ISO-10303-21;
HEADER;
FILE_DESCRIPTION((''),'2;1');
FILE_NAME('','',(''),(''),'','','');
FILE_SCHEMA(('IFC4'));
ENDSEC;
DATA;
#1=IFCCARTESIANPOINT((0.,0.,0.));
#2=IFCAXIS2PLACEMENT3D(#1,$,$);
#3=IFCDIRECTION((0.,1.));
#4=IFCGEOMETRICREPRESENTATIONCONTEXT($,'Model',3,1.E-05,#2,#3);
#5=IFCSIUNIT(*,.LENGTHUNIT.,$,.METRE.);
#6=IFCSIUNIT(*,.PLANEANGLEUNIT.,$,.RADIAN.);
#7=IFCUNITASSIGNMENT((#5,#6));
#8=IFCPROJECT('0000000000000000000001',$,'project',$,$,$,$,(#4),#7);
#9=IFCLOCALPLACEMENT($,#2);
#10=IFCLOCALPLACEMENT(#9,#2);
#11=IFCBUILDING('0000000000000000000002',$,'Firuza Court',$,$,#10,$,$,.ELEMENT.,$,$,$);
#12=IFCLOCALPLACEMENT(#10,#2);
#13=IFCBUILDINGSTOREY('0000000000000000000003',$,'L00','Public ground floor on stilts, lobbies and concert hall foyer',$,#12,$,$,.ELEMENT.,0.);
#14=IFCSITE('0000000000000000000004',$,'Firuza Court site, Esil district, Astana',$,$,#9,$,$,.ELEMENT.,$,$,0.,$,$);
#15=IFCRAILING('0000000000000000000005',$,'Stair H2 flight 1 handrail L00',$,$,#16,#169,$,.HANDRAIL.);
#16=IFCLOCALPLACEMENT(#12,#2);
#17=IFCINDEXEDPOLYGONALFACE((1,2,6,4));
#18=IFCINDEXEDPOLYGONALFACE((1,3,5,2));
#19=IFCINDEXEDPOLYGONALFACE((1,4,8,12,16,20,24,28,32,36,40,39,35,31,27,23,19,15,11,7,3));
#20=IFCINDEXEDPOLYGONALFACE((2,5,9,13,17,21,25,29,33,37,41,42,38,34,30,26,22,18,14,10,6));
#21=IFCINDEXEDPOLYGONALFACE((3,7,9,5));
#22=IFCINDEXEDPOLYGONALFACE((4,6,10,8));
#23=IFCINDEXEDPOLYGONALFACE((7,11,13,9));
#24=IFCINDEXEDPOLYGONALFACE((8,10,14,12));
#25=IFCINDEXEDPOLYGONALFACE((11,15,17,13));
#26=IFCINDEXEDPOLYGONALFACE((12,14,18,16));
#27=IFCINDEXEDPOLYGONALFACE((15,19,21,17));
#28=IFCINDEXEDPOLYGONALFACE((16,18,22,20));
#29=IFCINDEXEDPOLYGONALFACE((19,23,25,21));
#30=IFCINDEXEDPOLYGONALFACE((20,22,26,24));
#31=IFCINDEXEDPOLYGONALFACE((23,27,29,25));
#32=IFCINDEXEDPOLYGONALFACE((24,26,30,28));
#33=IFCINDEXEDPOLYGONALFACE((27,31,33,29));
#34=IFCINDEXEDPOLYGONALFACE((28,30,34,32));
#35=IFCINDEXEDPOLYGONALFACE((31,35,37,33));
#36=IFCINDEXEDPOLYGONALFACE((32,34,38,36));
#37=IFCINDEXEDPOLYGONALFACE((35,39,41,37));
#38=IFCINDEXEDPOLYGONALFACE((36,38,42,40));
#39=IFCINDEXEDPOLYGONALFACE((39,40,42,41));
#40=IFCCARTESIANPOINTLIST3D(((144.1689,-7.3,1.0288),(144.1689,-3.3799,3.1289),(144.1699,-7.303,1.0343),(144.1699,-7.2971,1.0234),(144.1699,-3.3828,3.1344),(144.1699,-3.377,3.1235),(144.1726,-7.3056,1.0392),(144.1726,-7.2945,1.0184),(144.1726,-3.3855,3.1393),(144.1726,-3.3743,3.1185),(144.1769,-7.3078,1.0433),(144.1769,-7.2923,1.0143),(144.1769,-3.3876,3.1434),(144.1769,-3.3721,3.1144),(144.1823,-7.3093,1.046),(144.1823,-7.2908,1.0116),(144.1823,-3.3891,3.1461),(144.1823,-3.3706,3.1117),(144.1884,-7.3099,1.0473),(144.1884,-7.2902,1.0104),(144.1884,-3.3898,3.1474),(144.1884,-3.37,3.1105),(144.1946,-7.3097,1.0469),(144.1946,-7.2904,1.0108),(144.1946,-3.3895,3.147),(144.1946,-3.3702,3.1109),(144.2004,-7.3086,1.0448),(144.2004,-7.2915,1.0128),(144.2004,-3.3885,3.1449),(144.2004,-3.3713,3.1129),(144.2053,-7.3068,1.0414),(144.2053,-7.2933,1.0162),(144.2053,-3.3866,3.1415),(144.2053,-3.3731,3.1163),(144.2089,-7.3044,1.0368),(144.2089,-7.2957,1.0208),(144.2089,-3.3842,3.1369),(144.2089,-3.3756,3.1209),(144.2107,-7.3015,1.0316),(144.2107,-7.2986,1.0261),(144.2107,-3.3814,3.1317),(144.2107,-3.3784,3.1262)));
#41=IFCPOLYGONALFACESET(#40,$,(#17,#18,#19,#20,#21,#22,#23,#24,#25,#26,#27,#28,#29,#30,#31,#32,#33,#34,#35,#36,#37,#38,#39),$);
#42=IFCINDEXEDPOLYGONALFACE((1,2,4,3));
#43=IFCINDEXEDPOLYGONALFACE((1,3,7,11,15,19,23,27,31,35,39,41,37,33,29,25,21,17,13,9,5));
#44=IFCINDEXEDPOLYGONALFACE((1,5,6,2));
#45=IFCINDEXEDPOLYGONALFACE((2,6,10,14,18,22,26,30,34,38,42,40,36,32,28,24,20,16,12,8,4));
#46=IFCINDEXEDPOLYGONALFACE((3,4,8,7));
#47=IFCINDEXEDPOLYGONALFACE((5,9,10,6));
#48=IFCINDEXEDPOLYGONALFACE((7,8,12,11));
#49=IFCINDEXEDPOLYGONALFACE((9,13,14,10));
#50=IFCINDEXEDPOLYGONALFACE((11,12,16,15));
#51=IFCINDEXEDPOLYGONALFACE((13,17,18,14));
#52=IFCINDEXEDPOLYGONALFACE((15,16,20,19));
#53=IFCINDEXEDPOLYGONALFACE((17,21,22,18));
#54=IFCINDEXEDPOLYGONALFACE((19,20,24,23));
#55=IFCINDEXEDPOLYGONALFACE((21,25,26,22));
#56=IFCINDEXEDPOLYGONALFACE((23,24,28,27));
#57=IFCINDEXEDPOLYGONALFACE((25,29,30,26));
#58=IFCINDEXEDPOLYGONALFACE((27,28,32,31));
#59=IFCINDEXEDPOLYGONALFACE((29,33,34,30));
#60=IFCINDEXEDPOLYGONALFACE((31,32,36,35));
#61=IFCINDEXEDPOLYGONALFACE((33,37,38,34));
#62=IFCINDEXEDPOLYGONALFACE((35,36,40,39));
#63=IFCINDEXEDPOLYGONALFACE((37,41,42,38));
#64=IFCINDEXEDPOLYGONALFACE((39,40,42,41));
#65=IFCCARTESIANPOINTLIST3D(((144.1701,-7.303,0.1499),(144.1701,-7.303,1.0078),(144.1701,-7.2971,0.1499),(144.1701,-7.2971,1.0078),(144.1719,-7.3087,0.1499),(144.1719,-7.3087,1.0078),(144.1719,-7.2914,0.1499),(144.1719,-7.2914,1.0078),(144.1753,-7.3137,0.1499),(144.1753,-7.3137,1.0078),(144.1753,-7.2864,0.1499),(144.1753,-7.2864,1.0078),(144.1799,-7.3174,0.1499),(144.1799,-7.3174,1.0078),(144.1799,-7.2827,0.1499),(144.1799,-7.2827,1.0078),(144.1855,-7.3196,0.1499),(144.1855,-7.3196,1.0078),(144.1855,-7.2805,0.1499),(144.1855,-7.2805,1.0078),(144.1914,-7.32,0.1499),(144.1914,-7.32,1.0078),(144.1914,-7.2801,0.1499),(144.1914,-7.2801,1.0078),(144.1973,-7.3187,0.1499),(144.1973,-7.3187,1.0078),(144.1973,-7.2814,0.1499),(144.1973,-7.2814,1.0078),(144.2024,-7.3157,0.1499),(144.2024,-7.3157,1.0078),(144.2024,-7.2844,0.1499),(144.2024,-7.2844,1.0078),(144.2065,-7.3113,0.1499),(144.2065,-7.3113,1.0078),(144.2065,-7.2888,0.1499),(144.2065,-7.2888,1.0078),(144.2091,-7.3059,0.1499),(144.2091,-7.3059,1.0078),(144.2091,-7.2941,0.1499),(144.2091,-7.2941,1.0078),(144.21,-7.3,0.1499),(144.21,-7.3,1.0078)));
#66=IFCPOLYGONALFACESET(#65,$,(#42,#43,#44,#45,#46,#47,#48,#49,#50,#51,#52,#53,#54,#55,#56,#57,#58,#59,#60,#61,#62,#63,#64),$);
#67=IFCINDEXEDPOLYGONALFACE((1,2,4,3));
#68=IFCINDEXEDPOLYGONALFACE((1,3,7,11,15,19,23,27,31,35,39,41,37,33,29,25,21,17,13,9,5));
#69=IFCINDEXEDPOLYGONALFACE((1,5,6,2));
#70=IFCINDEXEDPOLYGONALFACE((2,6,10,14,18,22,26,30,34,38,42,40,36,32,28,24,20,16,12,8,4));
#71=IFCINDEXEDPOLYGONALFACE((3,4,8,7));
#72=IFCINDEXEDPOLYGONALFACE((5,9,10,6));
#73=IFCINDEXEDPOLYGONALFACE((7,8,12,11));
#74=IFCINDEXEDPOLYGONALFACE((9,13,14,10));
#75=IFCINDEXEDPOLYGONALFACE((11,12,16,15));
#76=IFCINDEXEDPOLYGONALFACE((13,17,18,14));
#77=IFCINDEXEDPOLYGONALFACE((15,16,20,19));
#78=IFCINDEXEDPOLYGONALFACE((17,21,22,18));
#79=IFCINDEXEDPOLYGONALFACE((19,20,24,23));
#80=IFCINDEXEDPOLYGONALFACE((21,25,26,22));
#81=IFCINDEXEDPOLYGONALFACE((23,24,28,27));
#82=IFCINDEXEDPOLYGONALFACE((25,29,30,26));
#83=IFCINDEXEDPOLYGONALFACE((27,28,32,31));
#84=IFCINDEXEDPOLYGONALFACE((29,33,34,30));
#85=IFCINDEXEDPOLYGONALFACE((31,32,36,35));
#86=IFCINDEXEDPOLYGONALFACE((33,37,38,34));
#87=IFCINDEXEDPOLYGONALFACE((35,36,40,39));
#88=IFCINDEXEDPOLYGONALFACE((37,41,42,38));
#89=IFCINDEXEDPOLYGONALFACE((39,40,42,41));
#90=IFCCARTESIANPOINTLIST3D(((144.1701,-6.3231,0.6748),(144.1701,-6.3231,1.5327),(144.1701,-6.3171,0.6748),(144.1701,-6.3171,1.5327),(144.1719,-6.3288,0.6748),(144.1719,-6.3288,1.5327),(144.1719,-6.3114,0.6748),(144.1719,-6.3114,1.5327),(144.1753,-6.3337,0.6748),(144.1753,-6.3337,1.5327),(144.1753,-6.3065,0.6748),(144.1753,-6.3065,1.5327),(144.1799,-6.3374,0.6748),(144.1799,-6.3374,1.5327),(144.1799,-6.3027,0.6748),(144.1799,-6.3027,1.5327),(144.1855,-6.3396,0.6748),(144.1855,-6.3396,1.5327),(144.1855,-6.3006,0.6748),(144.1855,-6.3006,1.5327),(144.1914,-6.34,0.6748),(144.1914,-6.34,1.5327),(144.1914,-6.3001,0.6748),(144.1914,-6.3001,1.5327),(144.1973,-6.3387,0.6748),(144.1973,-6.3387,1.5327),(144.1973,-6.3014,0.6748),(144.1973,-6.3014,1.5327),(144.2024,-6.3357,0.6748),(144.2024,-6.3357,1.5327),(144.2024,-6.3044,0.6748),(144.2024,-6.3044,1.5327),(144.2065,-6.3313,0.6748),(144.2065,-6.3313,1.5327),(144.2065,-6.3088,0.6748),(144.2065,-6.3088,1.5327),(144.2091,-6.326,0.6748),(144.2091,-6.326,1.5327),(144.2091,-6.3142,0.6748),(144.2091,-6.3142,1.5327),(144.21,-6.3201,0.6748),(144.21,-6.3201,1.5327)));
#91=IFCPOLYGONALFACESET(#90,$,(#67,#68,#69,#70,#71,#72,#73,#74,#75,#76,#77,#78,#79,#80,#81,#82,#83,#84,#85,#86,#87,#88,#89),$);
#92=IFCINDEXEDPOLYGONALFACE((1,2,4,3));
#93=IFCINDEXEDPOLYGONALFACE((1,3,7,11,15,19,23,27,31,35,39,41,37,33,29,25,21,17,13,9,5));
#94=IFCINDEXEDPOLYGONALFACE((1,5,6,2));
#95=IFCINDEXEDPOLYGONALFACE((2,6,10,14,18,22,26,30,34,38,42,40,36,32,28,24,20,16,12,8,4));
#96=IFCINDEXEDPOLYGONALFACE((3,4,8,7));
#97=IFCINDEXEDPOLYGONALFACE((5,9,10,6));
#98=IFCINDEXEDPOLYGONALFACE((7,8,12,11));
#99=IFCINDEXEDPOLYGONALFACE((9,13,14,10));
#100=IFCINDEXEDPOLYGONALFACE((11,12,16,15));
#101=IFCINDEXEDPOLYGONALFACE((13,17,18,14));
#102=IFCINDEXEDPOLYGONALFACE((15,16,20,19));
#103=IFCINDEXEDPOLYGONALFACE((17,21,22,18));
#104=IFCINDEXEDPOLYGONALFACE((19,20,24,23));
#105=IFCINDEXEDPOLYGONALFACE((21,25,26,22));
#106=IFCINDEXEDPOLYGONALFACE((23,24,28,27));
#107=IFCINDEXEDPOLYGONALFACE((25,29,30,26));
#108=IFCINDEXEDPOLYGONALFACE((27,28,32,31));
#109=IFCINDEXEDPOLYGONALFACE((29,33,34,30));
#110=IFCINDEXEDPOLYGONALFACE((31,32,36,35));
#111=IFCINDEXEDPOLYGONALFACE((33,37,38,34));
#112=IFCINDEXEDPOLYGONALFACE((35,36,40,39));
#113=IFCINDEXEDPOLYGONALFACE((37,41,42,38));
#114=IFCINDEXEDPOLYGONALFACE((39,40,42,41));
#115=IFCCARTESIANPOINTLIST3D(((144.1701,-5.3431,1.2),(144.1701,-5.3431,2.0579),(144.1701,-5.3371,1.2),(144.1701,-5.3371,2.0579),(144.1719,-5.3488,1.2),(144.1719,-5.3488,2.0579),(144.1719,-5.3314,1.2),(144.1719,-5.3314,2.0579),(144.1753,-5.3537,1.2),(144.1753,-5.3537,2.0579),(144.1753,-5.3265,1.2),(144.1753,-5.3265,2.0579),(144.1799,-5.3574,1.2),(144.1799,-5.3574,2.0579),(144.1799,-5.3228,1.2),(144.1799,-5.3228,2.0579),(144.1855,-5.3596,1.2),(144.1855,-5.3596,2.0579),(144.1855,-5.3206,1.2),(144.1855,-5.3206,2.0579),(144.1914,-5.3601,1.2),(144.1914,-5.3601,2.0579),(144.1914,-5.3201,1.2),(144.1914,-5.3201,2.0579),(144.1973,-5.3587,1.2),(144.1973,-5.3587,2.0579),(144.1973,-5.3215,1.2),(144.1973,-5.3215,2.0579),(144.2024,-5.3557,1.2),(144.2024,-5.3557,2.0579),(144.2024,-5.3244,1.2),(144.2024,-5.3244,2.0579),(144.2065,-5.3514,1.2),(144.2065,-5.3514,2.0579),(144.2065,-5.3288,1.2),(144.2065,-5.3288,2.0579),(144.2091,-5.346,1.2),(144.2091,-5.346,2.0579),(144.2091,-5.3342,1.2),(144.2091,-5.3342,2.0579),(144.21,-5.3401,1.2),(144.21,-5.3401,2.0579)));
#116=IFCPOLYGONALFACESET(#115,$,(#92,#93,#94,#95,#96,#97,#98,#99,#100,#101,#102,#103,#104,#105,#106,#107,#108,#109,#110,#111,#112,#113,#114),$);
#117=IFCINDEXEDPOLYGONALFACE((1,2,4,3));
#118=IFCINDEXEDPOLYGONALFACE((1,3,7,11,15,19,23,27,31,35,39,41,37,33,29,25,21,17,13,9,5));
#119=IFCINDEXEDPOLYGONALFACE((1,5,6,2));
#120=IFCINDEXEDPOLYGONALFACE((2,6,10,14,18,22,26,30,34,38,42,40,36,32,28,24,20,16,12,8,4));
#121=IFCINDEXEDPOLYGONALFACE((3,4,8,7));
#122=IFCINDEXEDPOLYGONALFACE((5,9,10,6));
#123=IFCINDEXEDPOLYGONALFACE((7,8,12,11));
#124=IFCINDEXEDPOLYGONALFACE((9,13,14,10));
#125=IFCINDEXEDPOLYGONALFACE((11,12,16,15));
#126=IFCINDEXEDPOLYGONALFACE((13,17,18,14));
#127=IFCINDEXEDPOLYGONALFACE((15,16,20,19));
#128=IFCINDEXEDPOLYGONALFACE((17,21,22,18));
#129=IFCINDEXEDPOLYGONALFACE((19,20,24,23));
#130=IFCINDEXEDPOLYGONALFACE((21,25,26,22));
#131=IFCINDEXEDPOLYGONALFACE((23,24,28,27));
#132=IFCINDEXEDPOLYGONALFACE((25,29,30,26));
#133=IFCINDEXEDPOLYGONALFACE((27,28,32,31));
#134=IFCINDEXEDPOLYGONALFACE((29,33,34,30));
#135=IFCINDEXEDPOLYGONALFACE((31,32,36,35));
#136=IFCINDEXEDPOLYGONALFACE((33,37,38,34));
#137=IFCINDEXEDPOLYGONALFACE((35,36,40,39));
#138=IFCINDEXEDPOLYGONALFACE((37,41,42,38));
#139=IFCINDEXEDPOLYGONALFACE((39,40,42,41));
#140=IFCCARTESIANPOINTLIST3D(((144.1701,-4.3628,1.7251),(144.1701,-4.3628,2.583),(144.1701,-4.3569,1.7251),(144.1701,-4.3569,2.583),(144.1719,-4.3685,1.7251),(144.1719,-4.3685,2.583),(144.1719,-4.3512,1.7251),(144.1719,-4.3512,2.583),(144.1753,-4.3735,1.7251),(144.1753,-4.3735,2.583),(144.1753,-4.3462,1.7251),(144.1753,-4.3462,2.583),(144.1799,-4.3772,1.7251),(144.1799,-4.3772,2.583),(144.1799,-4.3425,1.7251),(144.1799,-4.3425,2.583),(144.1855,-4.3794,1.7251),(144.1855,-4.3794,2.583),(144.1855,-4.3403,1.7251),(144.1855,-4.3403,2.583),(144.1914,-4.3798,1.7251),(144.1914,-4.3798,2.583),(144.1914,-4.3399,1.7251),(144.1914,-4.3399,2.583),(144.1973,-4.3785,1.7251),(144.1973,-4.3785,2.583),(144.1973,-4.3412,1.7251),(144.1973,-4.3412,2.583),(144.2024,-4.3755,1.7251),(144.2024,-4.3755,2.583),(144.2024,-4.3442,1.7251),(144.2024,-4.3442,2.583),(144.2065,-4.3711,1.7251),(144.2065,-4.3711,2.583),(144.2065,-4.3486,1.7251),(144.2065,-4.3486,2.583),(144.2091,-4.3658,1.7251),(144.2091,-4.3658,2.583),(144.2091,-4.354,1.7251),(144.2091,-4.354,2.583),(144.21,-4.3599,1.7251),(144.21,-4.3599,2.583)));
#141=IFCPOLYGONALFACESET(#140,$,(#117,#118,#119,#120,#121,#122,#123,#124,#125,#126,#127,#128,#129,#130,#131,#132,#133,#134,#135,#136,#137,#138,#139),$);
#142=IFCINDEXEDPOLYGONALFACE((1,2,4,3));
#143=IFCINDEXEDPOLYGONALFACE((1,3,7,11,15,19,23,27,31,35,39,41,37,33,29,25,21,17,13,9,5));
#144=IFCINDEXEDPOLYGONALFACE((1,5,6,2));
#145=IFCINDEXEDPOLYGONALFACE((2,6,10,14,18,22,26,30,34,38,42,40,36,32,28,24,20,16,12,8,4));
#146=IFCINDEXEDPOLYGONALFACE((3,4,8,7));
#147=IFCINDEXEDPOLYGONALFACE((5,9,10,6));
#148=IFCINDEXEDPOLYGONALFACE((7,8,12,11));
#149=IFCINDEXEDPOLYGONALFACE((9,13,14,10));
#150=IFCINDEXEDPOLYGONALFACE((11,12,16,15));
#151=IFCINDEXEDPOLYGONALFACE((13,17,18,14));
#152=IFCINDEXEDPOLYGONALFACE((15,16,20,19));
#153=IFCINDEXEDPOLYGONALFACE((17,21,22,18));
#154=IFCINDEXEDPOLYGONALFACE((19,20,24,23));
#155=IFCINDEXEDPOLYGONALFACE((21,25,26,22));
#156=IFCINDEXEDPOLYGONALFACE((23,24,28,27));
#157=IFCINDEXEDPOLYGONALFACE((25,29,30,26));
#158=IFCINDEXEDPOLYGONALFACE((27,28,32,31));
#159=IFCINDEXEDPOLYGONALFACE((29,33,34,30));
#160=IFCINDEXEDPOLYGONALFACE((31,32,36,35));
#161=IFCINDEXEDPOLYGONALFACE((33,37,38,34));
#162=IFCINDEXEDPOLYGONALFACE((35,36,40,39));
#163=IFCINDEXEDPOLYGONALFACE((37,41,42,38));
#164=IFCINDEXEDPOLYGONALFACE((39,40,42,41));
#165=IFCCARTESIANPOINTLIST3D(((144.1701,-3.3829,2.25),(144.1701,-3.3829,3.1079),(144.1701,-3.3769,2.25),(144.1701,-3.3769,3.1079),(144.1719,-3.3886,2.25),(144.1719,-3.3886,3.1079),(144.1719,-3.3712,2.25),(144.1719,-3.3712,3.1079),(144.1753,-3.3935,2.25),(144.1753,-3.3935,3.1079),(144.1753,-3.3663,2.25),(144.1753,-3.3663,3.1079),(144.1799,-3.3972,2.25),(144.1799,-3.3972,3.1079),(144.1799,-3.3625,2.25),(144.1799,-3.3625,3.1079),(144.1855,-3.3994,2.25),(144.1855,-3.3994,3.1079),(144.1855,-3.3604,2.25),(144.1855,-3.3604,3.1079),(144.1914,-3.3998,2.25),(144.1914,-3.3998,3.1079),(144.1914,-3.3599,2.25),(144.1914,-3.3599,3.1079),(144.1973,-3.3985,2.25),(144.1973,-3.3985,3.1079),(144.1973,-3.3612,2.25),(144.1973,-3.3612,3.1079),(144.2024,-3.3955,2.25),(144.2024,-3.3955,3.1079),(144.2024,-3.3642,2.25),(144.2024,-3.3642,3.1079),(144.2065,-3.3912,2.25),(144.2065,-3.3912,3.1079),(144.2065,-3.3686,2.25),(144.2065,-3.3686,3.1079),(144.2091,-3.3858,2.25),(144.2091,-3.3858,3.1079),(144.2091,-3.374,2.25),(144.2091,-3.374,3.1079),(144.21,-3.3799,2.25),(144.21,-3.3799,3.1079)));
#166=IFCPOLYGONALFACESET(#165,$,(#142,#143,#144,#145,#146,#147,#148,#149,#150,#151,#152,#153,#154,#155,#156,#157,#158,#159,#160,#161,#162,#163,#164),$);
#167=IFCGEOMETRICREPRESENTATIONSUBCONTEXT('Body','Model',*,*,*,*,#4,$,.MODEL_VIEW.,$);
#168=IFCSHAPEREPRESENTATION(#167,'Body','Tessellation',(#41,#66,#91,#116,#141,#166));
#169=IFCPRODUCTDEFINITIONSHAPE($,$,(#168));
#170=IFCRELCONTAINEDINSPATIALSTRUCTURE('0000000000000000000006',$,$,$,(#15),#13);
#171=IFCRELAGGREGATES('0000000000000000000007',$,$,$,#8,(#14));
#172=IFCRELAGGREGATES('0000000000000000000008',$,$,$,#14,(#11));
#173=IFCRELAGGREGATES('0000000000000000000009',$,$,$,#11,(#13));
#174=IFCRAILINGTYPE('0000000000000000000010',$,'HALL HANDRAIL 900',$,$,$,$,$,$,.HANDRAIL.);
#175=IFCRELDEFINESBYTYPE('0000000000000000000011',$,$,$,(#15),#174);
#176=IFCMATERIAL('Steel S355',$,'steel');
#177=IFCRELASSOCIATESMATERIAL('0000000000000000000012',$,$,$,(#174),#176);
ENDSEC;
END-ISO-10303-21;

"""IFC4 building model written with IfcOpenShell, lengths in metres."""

from ifc_helpers import new_model, si_unit, direction, frame, origin, origin_2d, place, context, subcontext, project, spatial, circle, extrude, material, type_object, element, save


model = new_model("IFC4")

# Units and contexts
model_context = context("Model", 3, precision=1e-05, world=origin(), true_north=direction((0.0, 1.0)))
body_context = subcontext(model_context, "Body", "Model", "MODEL_VIEW")
ifc_project = project(units=[si_unit("LENGTHUNIT", "METRE"), si_unit("PLANEANGLEUNIT", "RADIAN")], contexts=[model_context])

# Site, building, storey
site_placement = place(None, origin())
site = spatial("IfcSite", under=ifc_project, at=site_placement, Name="Firuza Court site, Esil district, Astana", CompositionType="ELEMENT", RefElevation=0.0)
building_placement = place(site_placement, origin())
building = spatial("IfcBuilding", under=site, at=building_placement, Name="Firuza Court", CompositionType="ELEMENT")
storey_placement = place(building_placement, origin())
storey = spatial("IfcBuildingStorey", under=building, at=storey_placement, Name="L00", Description="Public ground floor on stilts, lobbies and concert hall foyer", CompositionType="ELEMENT", Elevation=0.0)

# Railing
ifc_material_1 = material(Name="Steel S355", Category="steel")
railing_type = type_object("IfcRailingType", Name="HALL HANDRAIL 900", PredefinedType="HANDRAIL", material=ifc_material_1)
for number, where, name in (
    (1, (144.1899, -7.3, 0.1499), "Stair H2 flight 1 handrail L00"),
):
    element("IfcRailing", number, at=place(storey_placement, frame(where)), inside=storey, type_object=railing_type, Name=name, PredefinedType="HANDRAIL", context=body_context, shape_type="SweptSolid", body=[
        extrude(circle(Radius=0.021, at=origin_2d()), frame((0.0, 0.0, 0.8789), z_axis=(0.0, 0.881479, 0.472223), x_axis=(-1.0, 0.0, 0.0)), (0.0, 0.0, 1.0), 4.4473),
        extrude(circle(Radius=0.02, at=origin_2d()), origin(), (0.0, 0.0, 1.0), 0.8579),
        extrude(circle(Radius=0.02, at=origin_2d()), frame((0.0, 0.98, 0.5249)), (0.0, 0.0, 1.0), 0.8579),
        extrude(circle(Radius=0.02, at=origin_2d()), frame((0.0, 1.96, 1.05)), (0.0, 0.0, 1.0), 0.8579),
        extrude(circle(Radius=0.02, at=origin_2d()), frame((0.0, 2.9402, 1.5752)), (0.0, 0.0, 1.0), 0.8579),
        extrude(circle(Radius=0.02, at=origin_2d()), frame((0.0, 3.9202, 2.1001)), (0.0, 0.0, 1.0), 0.8579),
    ])

save(model, "model.ifc")
